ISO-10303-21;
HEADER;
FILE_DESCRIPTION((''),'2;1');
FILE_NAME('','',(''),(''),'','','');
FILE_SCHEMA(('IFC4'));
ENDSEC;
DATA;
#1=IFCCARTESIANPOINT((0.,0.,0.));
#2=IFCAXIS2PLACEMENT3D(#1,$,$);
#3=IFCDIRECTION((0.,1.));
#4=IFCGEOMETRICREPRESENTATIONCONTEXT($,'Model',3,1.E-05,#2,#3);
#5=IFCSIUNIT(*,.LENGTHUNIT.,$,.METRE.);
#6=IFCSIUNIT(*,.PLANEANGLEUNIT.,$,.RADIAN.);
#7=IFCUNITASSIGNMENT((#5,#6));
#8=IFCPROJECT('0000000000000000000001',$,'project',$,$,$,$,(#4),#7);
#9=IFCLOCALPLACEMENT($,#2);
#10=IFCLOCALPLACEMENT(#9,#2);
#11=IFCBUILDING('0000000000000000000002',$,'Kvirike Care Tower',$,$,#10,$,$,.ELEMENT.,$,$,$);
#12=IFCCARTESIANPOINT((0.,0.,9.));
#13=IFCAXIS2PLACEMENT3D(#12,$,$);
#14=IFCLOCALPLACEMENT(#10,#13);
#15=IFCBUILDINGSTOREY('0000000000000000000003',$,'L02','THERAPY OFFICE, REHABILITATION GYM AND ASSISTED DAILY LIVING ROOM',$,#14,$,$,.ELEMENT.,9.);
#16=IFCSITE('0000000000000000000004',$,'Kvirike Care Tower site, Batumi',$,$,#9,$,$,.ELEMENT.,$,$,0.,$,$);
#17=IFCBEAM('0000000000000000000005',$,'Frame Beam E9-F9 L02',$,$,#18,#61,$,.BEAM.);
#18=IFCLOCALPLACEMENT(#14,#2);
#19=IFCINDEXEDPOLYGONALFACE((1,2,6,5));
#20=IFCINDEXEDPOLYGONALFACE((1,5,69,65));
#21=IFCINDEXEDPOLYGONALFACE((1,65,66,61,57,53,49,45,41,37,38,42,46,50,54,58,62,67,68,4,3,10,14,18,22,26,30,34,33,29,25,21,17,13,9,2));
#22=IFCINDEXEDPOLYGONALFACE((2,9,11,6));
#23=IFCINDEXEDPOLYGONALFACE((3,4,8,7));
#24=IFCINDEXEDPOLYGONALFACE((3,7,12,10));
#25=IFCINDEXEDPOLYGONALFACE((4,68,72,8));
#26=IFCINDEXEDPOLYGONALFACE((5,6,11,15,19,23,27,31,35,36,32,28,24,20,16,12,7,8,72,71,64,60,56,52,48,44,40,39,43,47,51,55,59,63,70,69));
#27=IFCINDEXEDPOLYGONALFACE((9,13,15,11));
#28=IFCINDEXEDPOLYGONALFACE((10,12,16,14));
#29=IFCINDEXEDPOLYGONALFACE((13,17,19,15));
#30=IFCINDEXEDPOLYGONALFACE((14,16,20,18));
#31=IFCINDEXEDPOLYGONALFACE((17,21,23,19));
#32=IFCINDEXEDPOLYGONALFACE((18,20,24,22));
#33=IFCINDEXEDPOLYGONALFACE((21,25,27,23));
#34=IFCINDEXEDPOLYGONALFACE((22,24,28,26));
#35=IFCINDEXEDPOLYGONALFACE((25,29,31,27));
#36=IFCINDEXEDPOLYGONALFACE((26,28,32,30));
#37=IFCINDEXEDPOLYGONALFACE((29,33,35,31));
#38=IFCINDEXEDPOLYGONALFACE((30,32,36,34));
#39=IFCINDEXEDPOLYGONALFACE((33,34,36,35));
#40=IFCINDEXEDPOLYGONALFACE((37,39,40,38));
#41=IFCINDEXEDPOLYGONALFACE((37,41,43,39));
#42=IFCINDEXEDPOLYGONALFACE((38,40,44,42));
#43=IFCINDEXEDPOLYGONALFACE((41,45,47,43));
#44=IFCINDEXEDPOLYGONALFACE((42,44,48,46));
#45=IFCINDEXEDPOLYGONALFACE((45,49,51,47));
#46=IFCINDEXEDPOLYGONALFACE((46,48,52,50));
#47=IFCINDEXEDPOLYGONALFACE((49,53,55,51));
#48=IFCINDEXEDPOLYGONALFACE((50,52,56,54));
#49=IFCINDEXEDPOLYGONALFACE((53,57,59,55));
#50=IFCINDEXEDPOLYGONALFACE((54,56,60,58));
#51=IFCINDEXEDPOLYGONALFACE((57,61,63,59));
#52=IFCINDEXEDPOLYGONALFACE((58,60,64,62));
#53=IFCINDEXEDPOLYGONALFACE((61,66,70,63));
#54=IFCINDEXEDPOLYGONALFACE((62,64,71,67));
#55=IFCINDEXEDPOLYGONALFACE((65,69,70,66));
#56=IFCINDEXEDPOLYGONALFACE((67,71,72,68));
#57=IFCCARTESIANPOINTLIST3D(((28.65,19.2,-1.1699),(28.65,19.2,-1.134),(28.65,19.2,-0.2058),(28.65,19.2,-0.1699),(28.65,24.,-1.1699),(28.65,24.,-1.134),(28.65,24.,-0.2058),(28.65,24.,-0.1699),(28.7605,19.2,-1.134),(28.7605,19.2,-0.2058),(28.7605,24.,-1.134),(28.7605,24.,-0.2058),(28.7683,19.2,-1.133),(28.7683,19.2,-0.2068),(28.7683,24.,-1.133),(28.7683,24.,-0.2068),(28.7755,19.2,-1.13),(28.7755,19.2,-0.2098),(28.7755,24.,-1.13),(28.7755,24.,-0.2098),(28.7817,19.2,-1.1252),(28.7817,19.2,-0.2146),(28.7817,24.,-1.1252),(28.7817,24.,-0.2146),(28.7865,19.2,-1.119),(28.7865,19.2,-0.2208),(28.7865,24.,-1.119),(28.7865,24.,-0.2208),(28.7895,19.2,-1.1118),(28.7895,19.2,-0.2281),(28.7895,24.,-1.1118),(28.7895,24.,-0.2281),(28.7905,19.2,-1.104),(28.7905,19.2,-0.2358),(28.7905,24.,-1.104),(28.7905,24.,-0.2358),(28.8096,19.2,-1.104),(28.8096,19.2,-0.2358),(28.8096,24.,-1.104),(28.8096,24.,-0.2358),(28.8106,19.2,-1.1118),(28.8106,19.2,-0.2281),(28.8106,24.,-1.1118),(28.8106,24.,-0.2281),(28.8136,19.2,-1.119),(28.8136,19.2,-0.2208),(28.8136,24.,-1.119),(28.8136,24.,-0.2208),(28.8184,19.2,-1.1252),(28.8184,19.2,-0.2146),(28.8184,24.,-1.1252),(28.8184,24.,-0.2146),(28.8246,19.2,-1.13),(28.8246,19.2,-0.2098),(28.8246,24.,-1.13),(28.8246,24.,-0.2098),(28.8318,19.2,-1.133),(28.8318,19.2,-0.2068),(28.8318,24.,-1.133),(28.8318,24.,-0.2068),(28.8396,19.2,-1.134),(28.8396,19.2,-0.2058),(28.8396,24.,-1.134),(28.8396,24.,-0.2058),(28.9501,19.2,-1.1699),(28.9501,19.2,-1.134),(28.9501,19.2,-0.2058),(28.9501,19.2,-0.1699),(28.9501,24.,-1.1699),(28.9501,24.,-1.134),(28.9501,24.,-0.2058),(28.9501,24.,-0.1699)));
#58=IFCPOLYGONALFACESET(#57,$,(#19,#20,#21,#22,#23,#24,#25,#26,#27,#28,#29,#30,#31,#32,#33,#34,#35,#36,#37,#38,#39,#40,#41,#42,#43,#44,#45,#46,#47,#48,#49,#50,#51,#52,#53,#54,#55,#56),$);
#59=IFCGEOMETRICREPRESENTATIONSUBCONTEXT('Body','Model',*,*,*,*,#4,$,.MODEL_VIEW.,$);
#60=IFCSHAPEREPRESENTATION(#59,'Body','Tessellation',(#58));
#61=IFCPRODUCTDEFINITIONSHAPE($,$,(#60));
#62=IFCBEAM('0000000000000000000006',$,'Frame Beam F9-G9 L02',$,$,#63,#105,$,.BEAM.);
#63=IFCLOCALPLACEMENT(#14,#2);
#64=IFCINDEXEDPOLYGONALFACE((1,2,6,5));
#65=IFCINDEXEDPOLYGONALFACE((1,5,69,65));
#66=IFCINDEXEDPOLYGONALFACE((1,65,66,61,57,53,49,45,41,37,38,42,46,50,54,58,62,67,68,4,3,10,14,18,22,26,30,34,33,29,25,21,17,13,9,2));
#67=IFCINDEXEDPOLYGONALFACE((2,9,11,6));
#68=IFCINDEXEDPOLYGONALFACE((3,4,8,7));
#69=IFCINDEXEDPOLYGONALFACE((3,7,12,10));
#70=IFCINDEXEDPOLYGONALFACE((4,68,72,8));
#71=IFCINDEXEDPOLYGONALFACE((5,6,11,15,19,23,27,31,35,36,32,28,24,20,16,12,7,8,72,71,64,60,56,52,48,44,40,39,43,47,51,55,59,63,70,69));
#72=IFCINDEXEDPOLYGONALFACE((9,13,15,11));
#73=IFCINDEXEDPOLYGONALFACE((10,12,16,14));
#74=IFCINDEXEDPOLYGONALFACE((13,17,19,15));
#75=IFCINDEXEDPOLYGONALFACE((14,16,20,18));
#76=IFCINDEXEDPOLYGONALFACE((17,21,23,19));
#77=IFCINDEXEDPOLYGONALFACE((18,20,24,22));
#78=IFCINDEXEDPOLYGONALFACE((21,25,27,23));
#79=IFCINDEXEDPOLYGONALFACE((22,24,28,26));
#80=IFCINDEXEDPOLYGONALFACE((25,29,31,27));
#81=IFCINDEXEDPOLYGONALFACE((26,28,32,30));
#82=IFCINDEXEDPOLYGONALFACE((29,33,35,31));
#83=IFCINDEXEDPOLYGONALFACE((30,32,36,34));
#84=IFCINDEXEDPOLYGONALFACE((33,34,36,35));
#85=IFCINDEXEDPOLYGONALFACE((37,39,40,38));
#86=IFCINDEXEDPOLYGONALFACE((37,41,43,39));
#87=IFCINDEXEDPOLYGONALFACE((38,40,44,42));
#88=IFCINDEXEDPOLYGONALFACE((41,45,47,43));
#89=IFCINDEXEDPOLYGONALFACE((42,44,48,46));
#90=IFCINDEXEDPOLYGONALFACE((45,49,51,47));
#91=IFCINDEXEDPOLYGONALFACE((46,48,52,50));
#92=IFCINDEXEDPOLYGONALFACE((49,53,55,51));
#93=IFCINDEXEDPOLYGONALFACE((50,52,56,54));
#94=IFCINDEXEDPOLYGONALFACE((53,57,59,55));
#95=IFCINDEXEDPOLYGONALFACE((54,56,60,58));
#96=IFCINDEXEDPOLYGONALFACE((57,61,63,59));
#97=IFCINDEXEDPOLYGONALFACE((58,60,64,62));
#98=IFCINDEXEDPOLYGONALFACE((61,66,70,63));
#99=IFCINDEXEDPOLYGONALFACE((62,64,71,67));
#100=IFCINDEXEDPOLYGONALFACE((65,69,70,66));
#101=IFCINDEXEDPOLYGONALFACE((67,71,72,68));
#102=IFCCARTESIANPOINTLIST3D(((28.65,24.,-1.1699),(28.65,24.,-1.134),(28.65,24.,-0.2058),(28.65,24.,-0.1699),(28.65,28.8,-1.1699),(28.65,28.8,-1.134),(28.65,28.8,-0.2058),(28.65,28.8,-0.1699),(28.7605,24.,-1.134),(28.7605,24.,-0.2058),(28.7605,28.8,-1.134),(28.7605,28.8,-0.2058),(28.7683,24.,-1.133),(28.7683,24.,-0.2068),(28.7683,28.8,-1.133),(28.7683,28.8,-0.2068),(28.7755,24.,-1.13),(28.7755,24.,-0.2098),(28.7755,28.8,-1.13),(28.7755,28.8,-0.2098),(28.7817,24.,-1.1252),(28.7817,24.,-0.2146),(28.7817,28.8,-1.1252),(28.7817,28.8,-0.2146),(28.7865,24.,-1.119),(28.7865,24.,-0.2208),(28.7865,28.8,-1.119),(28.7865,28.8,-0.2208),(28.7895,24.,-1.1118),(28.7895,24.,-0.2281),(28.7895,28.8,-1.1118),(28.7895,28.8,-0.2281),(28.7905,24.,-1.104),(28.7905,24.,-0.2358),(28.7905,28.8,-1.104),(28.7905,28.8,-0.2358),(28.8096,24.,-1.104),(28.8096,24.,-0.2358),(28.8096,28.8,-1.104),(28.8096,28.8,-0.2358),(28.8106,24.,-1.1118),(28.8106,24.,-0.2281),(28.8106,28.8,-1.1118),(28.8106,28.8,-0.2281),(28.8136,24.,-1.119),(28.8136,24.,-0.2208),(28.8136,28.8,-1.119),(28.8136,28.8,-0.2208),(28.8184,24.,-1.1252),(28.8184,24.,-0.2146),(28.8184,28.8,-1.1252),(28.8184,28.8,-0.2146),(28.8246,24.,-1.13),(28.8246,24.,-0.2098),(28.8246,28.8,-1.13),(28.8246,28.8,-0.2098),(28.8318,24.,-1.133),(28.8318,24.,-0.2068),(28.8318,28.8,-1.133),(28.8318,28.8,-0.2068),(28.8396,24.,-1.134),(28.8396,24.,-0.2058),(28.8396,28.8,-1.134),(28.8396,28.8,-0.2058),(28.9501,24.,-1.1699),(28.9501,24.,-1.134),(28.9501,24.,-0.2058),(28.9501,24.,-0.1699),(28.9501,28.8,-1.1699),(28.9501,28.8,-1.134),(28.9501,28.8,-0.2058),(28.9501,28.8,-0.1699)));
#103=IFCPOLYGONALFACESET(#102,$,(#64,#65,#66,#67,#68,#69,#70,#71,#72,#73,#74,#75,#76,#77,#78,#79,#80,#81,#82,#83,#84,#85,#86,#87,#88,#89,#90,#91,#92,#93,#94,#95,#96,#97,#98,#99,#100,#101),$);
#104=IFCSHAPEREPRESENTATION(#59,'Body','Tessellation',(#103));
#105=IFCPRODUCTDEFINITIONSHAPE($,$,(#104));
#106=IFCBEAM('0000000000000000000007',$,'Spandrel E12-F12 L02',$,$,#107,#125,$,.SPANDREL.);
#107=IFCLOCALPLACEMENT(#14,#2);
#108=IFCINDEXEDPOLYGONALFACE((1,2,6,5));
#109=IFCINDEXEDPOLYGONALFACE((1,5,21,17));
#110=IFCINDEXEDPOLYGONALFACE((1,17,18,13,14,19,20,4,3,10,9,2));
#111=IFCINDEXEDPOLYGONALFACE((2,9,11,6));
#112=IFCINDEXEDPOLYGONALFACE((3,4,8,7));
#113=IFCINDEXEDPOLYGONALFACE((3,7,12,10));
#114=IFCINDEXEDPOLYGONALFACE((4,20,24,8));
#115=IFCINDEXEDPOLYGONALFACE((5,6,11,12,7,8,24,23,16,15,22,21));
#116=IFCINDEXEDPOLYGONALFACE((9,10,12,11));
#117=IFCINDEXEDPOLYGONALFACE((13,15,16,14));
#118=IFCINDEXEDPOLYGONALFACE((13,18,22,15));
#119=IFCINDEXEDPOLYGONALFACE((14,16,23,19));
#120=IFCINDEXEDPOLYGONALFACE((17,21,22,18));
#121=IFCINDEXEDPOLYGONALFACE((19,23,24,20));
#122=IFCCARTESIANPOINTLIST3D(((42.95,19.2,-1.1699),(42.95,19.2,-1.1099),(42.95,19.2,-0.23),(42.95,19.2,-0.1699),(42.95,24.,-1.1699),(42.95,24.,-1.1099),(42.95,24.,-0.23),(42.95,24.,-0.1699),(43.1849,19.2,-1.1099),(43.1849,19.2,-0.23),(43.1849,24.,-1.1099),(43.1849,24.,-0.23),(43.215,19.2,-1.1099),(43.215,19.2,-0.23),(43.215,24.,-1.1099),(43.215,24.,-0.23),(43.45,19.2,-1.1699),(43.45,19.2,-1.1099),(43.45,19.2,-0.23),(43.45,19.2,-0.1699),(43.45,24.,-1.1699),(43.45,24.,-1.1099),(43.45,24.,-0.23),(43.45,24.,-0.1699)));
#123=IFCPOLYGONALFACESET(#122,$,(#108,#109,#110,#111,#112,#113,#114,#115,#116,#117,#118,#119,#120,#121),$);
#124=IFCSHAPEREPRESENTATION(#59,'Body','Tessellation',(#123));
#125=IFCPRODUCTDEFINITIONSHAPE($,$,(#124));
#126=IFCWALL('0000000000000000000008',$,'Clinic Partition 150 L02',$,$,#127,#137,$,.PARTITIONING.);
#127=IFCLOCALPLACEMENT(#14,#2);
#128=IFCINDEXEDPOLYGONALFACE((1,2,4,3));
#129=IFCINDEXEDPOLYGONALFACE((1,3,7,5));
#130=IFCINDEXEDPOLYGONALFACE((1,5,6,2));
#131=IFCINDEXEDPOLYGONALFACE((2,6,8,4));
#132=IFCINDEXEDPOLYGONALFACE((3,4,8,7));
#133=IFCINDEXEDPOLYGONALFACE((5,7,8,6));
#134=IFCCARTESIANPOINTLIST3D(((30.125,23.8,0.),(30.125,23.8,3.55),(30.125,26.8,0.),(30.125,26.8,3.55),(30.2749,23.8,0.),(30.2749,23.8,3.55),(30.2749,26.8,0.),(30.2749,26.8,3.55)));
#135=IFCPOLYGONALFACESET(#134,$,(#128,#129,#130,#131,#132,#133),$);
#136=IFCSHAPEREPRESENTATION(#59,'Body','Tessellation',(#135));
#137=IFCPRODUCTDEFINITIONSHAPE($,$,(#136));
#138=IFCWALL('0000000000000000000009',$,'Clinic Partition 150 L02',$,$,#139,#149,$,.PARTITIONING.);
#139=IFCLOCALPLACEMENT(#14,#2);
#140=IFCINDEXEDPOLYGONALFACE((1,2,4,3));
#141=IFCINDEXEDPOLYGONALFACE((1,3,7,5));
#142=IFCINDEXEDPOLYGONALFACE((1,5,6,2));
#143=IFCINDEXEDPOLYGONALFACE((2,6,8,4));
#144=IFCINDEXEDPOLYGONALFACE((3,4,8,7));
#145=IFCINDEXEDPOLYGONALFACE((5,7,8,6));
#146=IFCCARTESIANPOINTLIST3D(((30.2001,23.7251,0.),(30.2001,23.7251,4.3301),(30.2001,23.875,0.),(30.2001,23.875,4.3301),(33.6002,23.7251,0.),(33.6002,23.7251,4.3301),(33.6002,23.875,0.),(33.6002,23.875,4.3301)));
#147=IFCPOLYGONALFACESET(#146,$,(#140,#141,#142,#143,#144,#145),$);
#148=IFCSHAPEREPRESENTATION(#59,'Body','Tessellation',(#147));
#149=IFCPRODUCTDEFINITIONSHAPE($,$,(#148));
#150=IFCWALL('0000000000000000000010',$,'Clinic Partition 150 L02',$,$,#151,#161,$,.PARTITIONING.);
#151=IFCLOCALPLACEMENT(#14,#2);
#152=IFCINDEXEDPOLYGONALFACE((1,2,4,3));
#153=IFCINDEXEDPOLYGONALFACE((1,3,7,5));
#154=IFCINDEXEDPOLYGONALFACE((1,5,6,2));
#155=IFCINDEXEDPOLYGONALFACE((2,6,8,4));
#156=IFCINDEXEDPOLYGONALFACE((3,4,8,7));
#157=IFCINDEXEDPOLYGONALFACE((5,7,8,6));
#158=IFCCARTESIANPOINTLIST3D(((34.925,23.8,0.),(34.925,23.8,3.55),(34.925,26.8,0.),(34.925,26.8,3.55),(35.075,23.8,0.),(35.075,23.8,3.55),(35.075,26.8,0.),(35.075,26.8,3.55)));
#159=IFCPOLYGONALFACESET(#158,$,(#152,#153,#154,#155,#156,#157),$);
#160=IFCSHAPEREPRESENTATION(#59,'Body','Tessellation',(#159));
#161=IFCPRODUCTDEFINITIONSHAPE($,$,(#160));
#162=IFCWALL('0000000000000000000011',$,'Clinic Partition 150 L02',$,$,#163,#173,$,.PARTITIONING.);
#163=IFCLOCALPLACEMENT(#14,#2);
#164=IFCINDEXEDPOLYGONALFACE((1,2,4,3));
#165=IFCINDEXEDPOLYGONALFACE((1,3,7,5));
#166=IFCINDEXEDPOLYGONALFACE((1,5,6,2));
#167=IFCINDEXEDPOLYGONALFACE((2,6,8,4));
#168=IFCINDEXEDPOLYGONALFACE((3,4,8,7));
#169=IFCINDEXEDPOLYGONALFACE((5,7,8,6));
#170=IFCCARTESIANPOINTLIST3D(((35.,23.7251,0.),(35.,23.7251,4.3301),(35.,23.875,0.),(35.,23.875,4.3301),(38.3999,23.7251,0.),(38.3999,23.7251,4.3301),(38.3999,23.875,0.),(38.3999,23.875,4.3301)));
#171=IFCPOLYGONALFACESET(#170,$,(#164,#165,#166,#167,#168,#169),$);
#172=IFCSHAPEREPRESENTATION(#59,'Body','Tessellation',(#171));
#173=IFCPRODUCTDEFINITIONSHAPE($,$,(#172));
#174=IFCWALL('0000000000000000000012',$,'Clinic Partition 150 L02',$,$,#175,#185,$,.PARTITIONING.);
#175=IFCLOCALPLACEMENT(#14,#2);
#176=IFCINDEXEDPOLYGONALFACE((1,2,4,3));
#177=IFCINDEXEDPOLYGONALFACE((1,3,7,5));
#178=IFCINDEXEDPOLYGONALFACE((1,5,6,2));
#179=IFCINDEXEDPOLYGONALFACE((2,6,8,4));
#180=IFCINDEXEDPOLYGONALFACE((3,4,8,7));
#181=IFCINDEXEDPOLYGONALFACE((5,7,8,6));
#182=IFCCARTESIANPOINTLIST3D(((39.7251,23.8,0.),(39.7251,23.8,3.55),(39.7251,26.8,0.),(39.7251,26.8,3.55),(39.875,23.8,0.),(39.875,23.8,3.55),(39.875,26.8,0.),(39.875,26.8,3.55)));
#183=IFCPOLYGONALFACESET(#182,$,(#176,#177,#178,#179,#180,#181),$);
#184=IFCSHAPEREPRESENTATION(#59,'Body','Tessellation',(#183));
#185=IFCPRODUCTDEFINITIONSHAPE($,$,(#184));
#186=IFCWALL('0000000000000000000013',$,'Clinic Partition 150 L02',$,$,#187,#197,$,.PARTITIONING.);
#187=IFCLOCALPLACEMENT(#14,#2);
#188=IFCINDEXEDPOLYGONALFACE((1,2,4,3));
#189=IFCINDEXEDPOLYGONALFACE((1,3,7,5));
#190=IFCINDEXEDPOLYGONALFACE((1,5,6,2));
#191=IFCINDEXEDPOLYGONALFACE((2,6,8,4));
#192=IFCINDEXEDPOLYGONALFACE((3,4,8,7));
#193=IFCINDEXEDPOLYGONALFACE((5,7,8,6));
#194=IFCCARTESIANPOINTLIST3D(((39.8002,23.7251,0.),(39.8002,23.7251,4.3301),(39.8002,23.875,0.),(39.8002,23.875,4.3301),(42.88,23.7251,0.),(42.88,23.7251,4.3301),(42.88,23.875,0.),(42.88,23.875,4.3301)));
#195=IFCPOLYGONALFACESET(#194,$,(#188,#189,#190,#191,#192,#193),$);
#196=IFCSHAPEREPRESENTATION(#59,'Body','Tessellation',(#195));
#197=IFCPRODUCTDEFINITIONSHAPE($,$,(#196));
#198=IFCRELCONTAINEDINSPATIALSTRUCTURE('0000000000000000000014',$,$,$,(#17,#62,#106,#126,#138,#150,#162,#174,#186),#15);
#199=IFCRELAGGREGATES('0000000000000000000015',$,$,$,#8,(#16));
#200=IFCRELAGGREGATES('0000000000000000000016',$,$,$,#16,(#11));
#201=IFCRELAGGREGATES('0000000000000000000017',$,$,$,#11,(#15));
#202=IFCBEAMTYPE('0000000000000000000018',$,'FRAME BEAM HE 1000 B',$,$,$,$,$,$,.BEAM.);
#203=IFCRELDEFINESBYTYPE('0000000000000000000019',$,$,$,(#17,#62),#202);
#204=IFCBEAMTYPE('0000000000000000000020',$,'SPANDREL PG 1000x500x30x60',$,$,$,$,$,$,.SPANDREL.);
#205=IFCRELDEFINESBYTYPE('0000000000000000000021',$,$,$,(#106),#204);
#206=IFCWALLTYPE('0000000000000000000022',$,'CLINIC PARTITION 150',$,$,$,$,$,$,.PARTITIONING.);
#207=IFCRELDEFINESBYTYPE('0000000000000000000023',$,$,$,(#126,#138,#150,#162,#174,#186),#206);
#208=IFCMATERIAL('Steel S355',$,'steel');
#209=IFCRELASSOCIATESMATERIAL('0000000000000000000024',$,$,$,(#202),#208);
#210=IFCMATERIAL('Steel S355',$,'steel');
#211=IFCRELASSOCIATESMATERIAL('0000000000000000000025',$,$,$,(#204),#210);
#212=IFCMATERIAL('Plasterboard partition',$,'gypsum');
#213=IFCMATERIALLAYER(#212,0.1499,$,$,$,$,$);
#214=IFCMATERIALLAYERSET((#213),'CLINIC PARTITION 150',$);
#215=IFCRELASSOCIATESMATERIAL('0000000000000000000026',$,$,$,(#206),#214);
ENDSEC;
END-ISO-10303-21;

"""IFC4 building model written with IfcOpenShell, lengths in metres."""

from ifc_helpers import new_model, si_unit, direction, frame, frame_2d, origin, origin_2d, place, context, subcontext, project, spatial, rectangle, i_section, extrude, material, layer, layer_set, material_profile, profile_set, type_object, element, save


model = new_model("IFC4")

# Units and contexts
model_context = context("Model", 3, precision=1e-05, world=origin(), true_north=direction((0.0, 1.0)))
body_context = subcontext(model_context, "Body", "Model", "MODEL_VIEW")
ifc_project = project(units=[si_unit("LENGTHUNIT", "METRE"), si_unit("PLANEANGLEUNIT", "RADIAN")], contexts=[model_context])

# Site, building, storey
site_placement = place(None, origin())
site = spatial("IfcSite", under=ifc_project, at=site_placement, Name="Kvirike Care Tower site, Batumi", CompositionType="ELEMENT", RefElevation=0.0)
building_placement = place(site_placement, origin())
building = spatial("IfcBuilding", under=site, at=building_placement, Name="Kvirike Care Tower", CompositionType="ELEMENT")
storey_placement = place(building_placement, frame((0.0, 0.0, 9.0)))
storey = spatial("IfcBuildingStorey", under=building, at=storey_placement, Name="L02", Description="THERAPY OFFICE, REHABILITATION GYM AND ASSISTED DAILY LIVING ROOM", CompositionType="ELEMENT", Elevation=9.0)

# Beams
ifc_material_1 = material(Name="Steel S355", Category="steel")
ifc_material_profile_1 = material_profile(ifc_material_1, i_section(OverallWidth=0.3, OverallDepth=1.0, WebThickness=0.019, FlangeThickness=0.0359, FilletRadius=0.03, at=origin_2d()), Name="HE 1000 B")
ifc_profile_set_1 = profile_set([ifc_material_profile_1], Name="Steel S355")
beam_type_1 = type_object("IfcBeamType", Name="FRAME BEAM HE 1000 B", PredefinedType="BEAM", material=ifc_profile_set_1)
for number, where, z_axis, x_axis, name in (
    (1, (28.8, 19.2, -0.6699), (0.0, 1.0, 0.0), (-1.0, 0.0, 0.0), "Frame Beam E9-F9 L02"),
    (2, (28.8, 24.0, -0.6699), (0.0, 1.0, 0.0), (-1.0, 0.0, 0.0), "Frame Beam F9-G9 L02"),
):
    element("IfcBeam", number, at=place(storey_placement, frame(where, z_axis=z_axis, x_axis=x_axis)), inside=storey, type_object=beam_type_1, Name=name, PredefinedType="BEAM", context=body_context, shape_type="SweptSolid", body=[
        extrude(i_section(OverallWidth=0.3, OverallDepth=1.0, WebThickness=0.019, FlangeThickness=0.0359, FilletRadius=0.03, at=origin_2d()), origin(), (0.0, 0.0, 1.0), 4.8),
    ])
ifc_material_2 = material(Name="Steel S355", Category="steel")
ifc_material_profile_2 = material_profile(ifc_material_2, i_section(OverallWidth=0.5, OverallDepth=1.0, WebThickness=0.03, FlangeThickness=0.0601, at=origin_2d()), Name="PG 1000x500x30x60")
ifc_profile_set_2 = profile_set([ifc_material_profile_2], Name="Steel S355")
beam_type_2 = type_object("IfcBeamType", Name="SPANDREL PG 1000x500x30x60", PredefinedType="SPANDREL", material=ifc_profile_set_2)
beam_1_placement = place(storey_placement, frame((43.2, 19.2, -0.6699), z_axis=(0.0, 1.0, 0.0), x_axis=(-1.0, 0.0, 0.0)))
element("IfcBeam", 3, at=beam_1_placement, inside=storey, type_object=beam_type_2, Name="Spandrel E12-F12 L02", PredefinedType="SPANDREL", context=body_context, shape_type="SweptSolid", body=[
    extrude(i_section(OverallWidth=0.5, OverallDepth=1.0, WebThickness=0.03, FlangeThickness=0.0601, at=origin_2d()), origin(), (0.0, 0.0, 1.0), 4.8),
])

# Walls
ifc_material_3 = material(Name="Plasterboard partition", Category="gypsum")
ifc_layer = layer(ifc_material_3, 0.1499)
ifc_layer_set = layer_set([ifc_layer], Name="CLINIC PARTITION 150")
wall_type = type_object("IfcWallType", Name="CLINIC PARTITION 150", PredefinedType="PARTITIONING", material=ifc_layer_set)
wall_1_placement = place(storey_placement, frame((30.2, 23.8, 0.0), z_axis=(0.0, 0.0, 1.0), x_axis=(0.0, 1.0, 0.0)))
element("IfcWall", 4, at=wall_1_placement, inside=storey, type_object=wall_type, Name="Clinic Partition 150 L02", PredefinedType="PARTITIONING", context=body_context, shape_type="SweptSolid", body=[
    extrude(rectangle(XDim=3.0, YDim=0.1499, at=frame_2d((1.5, 0.0))), origin(), (0.0, 0.0, 1.0), 3.55),
])
wall_2_placement = place(storey_placement, frame((30.2, 23.8, 0.0), z_axis=(0.0, 0.0, 1.0), x_axis=(1.0, 0.0, 0.0)))
element("IfcWall", 5, at=wall_2_placement, inside=storey, type_object=wall_type, Name="Clinic Partition 150 L02", PredefinedType="PARTITIONING", context=body_context, shape_type="SweptSolid", body=[
    extrude(rectangle(XDim=3.4001, YDim=0.1499, at=frame_2d((1.7002, 0.0))), origin(), (0.0, 0.0, 1.0), 4.3301),
])
wall_3_placement = place(storey_placement, frame((35.0, 23.8, 0.0), z_axis=(0.0, 0.0, 1.0), x_axis=(0.0, 1.0, 0.0)))
element("IfcWall", 6, at=wall_3_placement, inside=storey, type_object=wall_type, Name="Clinic Partition 150 L02", PredefinedType="PARTITIONING", context=body_context, shape_type="SweptSolid", body=[
    extrude(rectangle(XDim=3.0, YDim=0.1499, at=frame_2d((1.5, 0.0))), origin(), (0.0, 0.0, 1.0), 3.55),
])
wall_4_placement = place(storey_placement, frame((35.0, 23.8, 0.0), z_axis=(0.0, 0.0, 1.0), x_axis=(1.0, 0.0, 0.0)))
element("IfcWall", 7, at=wall_4_placement, inside=storey, type_object=wall_type, Name="Clinic Partition 150 L02", PredefinedType="PARTITIONING", context=body_context, shape_type="SweptSolid", body=[
    extrude(rectangle(XDim=3.3999, YDim=0.1499, at=frame_2d((1.7, 0.0))), origin(), (0.0, 0.0, 1.0), 4.3301),
])
wall_5_placement = place(storey_placement, frame((39.8, 23.8, 0.0), z_axis=(0.0, 0.0, 1.0), x_axis=(0.0, 1.0, 0.0)))
element("IfcWall", 8, at=wall_5_placement, inside=storey, type_object=wall_type, Name="Clinic Partition 150 L02", PredefinedType="PARTITIONING", context=body_context, shape_type="SweptSolid", body=[
    extrude(rectangle(XDim=3.0, YDim=0.1499, at=frame_2d((1.5, 0.0))), origin(), (0.0, 0.0, 1.0), 3.55),
])
wall_6_placement = place(storey_placement, frame((39.8, 23.8, 0.0), z_axis=(0.0, 0.0, 1.0), x_axis=(1.0, 0.0, 0.0)))
element("IfcWall", 9, at=wall_6_placement, inside=storey, type_object=wall_type, Name="Clinic Partition 150 L02", PredefinedType="PARTITIONING", context=body_context, shape_type="SweptSolid", body=[
    extrude(rectangle(XDim=3.0798, YDim=0.1499, at=frame_2d((1.54, 0.0))), origin(), (0.0, 0.0, 1.0), 4.3301),
])

save(model, "model.ifc")
